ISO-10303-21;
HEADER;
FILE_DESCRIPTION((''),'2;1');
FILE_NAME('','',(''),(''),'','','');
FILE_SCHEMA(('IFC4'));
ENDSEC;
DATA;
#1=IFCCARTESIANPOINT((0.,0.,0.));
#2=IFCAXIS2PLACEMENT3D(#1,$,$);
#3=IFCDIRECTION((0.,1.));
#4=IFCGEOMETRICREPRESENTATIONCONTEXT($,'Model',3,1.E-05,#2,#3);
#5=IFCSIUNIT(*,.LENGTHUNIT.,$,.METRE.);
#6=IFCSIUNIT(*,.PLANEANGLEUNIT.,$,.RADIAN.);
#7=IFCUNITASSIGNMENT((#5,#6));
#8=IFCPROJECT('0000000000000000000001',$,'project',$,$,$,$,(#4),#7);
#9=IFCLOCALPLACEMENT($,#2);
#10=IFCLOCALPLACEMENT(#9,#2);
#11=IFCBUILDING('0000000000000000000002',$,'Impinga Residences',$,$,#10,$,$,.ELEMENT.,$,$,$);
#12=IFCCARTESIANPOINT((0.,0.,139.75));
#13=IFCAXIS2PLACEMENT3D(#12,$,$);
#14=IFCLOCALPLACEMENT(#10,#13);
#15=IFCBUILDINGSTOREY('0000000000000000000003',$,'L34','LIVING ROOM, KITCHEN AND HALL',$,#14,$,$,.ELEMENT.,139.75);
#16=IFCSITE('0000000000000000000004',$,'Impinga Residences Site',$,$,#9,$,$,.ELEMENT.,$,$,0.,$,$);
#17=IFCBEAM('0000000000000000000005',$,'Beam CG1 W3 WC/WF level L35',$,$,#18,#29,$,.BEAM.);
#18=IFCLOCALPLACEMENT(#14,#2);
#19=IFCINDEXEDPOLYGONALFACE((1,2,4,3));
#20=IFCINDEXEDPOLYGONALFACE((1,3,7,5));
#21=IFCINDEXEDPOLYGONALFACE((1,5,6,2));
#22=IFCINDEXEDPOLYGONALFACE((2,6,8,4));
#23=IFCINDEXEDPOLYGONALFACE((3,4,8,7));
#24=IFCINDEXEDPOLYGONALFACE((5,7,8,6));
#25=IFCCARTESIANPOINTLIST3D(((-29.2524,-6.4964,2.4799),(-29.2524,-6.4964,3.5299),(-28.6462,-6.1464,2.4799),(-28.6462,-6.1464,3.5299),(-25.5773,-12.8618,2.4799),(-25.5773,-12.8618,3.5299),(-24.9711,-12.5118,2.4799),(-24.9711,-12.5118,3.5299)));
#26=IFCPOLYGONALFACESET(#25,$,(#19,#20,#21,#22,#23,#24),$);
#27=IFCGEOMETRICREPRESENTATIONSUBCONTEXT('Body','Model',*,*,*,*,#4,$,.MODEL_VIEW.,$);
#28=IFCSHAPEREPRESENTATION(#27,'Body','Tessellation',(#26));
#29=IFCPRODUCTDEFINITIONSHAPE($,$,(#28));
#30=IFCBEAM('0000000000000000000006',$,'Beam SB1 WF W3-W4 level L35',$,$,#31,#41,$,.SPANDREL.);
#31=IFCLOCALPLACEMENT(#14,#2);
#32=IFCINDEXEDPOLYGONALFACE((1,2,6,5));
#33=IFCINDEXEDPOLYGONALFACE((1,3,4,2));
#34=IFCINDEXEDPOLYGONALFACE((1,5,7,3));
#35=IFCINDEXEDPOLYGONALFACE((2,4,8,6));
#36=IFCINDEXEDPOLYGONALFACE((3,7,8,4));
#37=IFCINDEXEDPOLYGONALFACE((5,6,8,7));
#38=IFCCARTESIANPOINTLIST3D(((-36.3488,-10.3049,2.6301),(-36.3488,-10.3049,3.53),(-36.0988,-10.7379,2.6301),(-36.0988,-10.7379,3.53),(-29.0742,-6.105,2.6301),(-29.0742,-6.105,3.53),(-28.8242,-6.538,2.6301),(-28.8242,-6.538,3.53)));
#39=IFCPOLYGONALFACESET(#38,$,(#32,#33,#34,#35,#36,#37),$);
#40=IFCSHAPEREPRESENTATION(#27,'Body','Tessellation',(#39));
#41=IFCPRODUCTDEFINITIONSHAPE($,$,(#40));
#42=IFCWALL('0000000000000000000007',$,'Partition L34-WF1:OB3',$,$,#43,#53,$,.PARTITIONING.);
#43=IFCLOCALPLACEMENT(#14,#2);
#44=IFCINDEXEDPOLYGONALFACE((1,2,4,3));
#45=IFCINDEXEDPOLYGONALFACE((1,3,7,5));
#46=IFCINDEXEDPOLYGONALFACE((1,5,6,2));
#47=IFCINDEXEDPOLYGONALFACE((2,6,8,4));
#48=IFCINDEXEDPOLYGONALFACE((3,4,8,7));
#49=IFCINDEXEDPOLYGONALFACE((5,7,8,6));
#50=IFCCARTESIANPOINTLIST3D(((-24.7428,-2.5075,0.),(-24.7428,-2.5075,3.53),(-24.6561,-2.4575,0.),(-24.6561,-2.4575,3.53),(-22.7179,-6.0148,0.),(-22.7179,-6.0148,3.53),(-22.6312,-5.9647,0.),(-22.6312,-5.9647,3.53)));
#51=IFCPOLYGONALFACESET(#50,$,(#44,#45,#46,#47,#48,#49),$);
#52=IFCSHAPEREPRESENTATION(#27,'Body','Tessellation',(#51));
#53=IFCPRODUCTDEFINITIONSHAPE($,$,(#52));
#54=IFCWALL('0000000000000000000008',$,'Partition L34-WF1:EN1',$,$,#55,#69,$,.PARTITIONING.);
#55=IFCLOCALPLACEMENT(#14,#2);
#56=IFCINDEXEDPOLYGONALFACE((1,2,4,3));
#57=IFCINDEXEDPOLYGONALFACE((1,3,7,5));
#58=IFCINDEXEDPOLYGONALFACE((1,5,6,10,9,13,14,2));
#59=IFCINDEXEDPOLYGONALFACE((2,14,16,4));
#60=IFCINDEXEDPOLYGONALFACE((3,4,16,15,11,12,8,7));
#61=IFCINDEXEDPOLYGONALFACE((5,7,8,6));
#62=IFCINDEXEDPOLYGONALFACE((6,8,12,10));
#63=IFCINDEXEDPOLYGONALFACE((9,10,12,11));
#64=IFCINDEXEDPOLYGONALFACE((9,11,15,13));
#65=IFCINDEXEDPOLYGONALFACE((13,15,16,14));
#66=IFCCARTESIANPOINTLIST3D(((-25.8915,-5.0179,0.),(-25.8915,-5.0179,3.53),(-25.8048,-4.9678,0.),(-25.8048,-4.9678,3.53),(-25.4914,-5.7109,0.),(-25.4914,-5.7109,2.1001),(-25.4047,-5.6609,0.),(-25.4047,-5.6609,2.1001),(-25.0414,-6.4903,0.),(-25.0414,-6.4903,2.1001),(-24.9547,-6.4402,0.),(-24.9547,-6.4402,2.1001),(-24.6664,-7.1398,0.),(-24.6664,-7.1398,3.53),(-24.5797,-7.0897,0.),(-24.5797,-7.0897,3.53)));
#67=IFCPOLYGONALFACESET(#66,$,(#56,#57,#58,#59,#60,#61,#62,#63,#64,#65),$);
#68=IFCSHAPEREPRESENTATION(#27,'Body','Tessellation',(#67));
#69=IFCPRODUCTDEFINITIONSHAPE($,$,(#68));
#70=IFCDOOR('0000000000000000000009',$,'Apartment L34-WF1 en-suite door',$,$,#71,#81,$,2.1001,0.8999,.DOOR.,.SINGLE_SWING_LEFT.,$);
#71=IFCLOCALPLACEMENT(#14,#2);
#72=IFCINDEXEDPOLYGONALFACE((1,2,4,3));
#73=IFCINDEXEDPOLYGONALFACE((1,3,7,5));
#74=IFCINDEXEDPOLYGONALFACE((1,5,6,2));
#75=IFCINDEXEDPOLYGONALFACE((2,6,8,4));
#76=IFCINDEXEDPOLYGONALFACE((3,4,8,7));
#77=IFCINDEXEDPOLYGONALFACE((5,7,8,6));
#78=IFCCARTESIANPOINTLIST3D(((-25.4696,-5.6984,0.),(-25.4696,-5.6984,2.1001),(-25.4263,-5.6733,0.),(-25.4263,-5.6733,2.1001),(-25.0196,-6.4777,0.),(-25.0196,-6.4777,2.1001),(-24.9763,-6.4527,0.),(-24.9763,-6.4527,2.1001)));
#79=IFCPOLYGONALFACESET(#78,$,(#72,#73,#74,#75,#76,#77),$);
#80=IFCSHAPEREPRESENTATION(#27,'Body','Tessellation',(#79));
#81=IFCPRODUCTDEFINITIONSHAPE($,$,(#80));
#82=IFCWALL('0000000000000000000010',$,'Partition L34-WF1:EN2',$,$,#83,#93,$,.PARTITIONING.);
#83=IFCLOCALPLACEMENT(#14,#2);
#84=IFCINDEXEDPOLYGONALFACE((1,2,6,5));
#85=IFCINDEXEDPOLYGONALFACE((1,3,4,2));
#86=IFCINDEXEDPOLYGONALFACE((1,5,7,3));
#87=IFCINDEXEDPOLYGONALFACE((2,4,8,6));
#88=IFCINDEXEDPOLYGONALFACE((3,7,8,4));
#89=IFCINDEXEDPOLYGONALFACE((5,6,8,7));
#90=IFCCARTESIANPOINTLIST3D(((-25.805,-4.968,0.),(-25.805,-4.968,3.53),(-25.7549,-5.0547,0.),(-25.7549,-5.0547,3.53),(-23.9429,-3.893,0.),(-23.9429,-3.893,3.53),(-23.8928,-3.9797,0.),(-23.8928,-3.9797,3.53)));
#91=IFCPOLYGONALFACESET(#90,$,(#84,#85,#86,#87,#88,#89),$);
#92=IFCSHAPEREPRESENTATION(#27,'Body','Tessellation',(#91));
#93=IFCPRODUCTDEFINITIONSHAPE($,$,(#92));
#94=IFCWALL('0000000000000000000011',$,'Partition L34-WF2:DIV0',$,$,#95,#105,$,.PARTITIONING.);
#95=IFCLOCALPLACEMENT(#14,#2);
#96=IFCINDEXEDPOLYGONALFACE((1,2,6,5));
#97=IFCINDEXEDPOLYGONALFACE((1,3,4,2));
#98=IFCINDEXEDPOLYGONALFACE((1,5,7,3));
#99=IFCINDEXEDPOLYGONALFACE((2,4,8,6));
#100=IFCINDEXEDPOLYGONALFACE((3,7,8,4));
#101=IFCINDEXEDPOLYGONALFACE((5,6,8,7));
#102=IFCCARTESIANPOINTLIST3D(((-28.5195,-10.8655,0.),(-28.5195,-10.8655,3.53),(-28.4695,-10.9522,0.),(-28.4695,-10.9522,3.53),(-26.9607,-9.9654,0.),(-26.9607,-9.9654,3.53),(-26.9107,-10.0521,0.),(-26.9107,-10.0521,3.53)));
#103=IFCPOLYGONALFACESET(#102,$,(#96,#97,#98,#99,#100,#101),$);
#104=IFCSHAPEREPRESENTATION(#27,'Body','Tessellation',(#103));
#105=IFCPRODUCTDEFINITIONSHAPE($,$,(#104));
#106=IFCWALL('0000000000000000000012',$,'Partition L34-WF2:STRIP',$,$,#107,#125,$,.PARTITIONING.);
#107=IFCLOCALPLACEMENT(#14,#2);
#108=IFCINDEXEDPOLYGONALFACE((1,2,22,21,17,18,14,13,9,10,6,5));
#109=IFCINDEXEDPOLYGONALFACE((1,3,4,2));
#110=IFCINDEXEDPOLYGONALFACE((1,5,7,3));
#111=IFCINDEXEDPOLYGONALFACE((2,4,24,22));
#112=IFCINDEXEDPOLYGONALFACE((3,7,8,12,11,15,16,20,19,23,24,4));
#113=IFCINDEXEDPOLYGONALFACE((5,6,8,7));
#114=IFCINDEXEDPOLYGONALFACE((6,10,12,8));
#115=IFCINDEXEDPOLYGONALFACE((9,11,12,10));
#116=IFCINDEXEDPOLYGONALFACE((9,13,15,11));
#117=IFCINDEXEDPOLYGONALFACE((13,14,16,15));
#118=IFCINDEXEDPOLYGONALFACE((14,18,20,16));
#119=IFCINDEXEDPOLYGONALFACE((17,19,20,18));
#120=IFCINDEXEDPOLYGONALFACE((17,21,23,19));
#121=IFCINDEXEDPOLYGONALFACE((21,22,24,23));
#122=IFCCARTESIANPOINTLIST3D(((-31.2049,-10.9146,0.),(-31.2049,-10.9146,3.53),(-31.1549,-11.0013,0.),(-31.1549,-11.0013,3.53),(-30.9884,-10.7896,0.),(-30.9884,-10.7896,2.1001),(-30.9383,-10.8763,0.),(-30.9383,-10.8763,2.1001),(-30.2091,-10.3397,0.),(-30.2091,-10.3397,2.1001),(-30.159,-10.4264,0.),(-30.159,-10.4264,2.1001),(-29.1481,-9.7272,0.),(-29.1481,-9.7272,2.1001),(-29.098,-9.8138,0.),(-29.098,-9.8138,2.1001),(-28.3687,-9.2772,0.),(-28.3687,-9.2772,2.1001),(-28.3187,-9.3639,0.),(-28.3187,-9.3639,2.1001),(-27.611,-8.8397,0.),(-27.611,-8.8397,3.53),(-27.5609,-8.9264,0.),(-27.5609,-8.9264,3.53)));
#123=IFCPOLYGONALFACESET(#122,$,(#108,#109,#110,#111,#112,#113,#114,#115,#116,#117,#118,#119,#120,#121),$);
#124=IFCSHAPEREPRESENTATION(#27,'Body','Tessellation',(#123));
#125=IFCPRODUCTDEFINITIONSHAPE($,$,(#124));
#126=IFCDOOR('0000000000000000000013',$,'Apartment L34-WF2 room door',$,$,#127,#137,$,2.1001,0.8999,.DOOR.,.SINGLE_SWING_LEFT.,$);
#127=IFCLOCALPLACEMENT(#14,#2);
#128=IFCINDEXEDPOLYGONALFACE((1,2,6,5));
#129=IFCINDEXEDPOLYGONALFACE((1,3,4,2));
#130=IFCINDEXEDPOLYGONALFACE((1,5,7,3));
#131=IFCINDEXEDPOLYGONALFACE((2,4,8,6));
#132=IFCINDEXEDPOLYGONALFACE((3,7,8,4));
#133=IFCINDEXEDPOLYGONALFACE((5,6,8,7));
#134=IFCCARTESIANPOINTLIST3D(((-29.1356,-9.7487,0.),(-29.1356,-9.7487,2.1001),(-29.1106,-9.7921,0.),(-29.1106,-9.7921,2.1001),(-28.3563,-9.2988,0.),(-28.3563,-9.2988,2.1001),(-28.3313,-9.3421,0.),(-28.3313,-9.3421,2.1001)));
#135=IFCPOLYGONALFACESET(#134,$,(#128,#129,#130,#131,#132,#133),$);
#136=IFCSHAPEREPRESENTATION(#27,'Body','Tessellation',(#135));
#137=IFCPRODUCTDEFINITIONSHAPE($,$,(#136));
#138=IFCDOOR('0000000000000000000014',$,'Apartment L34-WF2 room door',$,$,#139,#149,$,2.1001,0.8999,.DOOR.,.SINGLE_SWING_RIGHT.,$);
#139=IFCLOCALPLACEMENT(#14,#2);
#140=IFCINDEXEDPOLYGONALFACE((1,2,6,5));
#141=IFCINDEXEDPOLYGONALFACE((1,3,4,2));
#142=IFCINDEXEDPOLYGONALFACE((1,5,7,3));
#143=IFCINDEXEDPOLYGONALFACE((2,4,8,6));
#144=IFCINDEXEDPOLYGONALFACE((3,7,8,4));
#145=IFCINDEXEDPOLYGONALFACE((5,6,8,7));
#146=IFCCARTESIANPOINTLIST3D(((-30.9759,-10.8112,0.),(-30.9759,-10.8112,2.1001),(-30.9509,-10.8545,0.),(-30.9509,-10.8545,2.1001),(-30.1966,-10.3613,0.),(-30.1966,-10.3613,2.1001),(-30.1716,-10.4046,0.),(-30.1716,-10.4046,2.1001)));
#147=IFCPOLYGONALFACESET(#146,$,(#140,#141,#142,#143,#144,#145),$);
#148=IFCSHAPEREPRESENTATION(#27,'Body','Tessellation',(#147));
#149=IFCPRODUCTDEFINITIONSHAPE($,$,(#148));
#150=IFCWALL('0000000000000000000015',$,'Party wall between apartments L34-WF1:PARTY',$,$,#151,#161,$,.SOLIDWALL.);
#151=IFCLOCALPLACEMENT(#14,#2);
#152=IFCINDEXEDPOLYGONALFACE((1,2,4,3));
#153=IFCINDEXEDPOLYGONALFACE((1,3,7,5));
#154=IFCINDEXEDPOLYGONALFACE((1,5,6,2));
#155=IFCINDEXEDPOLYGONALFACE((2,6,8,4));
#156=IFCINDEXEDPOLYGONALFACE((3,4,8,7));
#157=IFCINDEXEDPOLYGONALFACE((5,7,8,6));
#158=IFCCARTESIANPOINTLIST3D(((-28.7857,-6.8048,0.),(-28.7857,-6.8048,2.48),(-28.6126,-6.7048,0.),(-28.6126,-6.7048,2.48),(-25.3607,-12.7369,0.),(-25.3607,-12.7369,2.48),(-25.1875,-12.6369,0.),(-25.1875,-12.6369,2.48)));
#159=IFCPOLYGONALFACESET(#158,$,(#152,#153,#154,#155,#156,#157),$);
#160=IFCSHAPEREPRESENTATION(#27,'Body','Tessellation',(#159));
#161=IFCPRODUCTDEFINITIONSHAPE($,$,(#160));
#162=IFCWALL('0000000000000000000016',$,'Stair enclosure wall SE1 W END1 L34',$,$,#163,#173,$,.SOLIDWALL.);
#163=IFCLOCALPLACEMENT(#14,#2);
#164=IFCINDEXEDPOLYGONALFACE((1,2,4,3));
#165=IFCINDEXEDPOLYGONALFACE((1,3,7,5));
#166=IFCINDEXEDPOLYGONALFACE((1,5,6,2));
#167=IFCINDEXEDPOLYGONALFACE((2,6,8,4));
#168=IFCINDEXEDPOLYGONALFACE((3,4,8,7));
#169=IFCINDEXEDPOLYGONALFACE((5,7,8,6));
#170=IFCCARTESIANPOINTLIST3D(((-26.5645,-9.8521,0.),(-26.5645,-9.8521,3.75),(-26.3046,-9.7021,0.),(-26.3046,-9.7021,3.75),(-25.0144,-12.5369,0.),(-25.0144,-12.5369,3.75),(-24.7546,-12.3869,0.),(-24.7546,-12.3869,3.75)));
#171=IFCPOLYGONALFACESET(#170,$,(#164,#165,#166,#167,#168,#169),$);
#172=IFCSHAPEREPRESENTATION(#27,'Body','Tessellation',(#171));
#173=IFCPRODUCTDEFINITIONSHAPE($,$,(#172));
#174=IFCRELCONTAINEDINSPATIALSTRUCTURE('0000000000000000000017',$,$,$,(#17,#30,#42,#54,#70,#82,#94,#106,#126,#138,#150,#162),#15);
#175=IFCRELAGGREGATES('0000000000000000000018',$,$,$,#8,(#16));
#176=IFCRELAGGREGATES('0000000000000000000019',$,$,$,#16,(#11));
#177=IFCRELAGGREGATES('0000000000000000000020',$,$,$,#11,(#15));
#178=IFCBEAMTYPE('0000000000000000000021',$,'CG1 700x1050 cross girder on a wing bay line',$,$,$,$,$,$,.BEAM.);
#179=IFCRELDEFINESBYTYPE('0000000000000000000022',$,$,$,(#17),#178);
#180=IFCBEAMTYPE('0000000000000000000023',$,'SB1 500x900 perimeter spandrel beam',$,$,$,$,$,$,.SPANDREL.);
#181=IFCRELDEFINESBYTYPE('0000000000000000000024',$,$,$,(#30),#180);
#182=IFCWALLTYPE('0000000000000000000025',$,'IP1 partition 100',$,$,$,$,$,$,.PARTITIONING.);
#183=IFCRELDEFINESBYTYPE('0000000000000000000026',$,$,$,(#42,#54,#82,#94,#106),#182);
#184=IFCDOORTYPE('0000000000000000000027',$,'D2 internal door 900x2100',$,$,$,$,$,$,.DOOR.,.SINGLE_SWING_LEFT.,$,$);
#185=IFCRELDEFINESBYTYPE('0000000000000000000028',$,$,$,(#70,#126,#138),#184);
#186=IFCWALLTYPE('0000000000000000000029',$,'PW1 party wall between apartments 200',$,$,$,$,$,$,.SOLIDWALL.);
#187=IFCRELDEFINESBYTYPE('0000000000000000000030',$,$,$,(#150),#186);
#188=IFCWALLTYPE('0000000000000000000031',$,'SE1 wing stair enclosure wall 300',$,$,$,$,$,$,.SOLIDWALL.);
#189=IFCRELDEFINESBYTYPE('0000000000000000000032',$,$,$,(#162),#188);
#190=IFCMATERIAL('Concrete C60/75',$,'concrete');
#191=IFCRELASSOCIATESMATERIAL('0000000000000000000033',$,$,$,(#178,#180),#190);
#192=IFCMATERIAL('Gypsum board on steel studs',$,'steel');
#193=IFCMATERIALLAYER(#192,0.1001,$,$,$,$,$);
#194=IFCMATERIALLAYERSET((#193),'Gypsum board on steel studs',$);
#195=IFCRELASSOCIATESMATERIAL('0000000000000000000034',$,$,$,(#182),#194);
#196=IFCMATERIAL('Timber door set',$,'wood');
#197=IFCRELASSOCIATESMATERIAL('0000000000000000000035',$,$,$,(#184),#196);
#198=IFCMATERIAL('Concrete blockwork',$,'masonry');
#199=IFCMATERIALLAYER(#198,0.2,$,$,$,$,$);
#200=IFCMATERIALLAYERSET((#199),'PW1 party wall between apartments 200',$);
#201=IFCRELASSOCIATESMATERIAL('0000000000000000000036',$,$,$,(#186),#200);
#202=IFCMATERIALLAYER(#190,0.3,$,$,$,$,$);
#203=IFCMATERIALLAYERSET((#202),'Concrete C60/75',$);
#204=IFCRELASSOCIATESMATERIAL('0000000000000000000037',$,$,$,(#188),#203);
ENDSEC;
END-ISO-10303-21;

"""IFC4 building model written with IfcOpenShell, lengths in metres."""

from ifc_helpers import new_model, si_unit, direction, frame, frame_2d, origin, origin_2d, place, context, subcontext, project, spatial, rectangle, extrude, material, layer, layer_set, material_profile, profile_set, type_object, element, fill, save


model = new_model("IFC4")

# Units and contexts
model_context = context("Model", 3, precision=1e-05, world=origin(), true_north=direction((0.0, 1.0)))
body_context = subcontext(model_context, "Body", "Model", "MODEL_VIEW")
ifc_project = project(units=[si_unit("LENGTHUNIT", "METRE"), si_unit("PLANEANGLEUNIT", "RADIAN")], contexts=[model_context])

# Site, building, storey
site_placement = place(None, origin())
site = spatial("IfcSite", under=ifc_project, at=site_placement, Name="Impinga Residences Site", CompositionType="ELEMENT", RefElevation=0.0)
building_placement = place(site_placement, origin())
building = spatial("IfcBuilding", under=site, at=building_placement, Name="Impinga Residences", CompositionType="ELEMENT")
storey_placement = place(building_placement, frame((0.0, 0.0, 139.75)))
storey = spatial("IfcBuildingStorey", under=building, at=storey_placement, Name="L34", Description="LIVING ROOM, KITCHEN AND HALL", CompositionType="ELEMENT", Elevation=139.75)

# Beams
ifc_material_1 = material(Name="Concrete C60/75", Category="concrete")
ifc_material_profile_1 = material_profile(ifc_material_1, rectangle(XDim=0.7, YDim=1.05, at=origin_2d()), Name="RC 700x1050")
ifc_profile_set_1 = profile_set([ifc_material_profile_1], Name="Concrete C60/75")
beam_type_1 = type_object("IfcBeamType", Name="CG1 700x1050 cross girder on a wing bay line", PredefinedType="BEAM", material=ifc_profile_set_1)
beam_1_placement = place(storey_placement, frame((-25.2742, -12.6868, 3.0049), z_axis=(-0.500008, 0.866021, 0.0), x_axis=(-0.866021, -0.500008, 0.0)))
element("IfcBeam", 1, at=beam_1_placement, inside=storey, type_object=beam_type_1, Name="Beam CG1 W3 WC/WF level L35", PredefinedType="BEAM", context=body_context, shape_type="SweptSolid", body=[
    extrude(rectangle(XDim=0.7, YDim=1.05, at=origin_2d()), origin(), (0.0, 0.0, 1.0), 7.3501),
])
ifc_material_profile_2 = material_profile(ifc_material_1, rectangle(XDim=0.5, YDim=0.8999, at=origin_2d()), Name="RC 500x900")
ifc_profile_set_2 = profile_set([ifc_material_profile_2], Name="Concrete C60/75")
beam_type_2 = type_object("IfcBeamType", Name="SB1 500x900 perimeter spandrel beam", PredefinedType="SPANDREL", material=ifc_profile_set_2)
beam_2_placement = place(storey_placement, frame((-28.9492, -6.3215, 3.0801), z_axis=(-0.866029, -0.499993, 0.0), x_axis=(0.499993, -0.866029, 0.0)))
element("IfcBeam", 2, at=beam_2_placement, inside=storey, type_object=beam_type_2, Name="Beam SB1 WF W3-W4 level L35", PredefinedType="SPANDREL", context=body_context, shape_type="SweptSolid", body=[
    extrude(rectangle(XDim=0.5, YDim=0.8999, at=origin_2d()), origin(), (0.0, 0.0, 1.0), 8.3999),
])

# Wall
ifc_material_2 = material(Name="Gypsum board on steel studs", Category="steel")
ifc_layer_1 = layer(ifc_material_2, 0.1001)
ifc_layer_set_1 = layer_set([ifc_layer_1], Name="Gypsum board on steel studs")
wall_type_1 = type_object("IfcWallType", Name="IP1 partition 100", PredefinedType="PARTITIONING", material=ifc_layer_set_1)
wall_1_placement = place(storey_placement, frame((-22.6746, -5.9897, 0.0), z_axis=(0.0, 0.0, 1.0), x_axis=(-0.49999, 0.866031, 0.0)))
element("IfcWall", 3, at=wall_1_placement, inside=storey, type_object=wall_type_1, Name="Partition L34-WF1:OB3", PredefinedType="PARTITIONING", context=body_context, shape_type="SweptSolid", body=[
    extrude(rectangle(XDim=4.0498, YDim=0.1001, at=frame_2d((2.0249, 0.0))), origin(), (0.0, 0.0, 1.0), 3.53),
])

# Wall, opening, door
wall_2_placement = place(storey_placement, frame((-24.623, -7.1147, 0.0), z_axis=(0.0, 0.0, 1.0), x_axis=(-0.500019, 0.866015, 0.0)))
wall_2 = element("IfcWall", 4, at=wall_2_placement, inside=storey, type_object=wall_type_1, Name="Partition L34-WF1:EN1", PredefinedType="PARTITIONING", context=body_context, shape_type="SweptSolid", body=[
    extrude(rectangle(XDim=2.4502, YDim=0.1001, at=frame_2d((1.2251, 0.0))), origin(), (0.0, 0.0, 1.0), 3.53),
])
opening_1_placement = place(wall_2_placement, frame((0.75, 0.0, 0.0)))
opening_1 = element("IfcOpeningElement", 5, at=opening_1_placement, cuts=wall_2, PredefinedType="OPENING", context=body_context, shape_type="SweptSolid", body=[
    extrude(rectangle(XDim=0.8999, YDim=2.1001, at=frame_2d((0.45, 1.05))), frame((0.0, 0.0601, 0.0), z_axis=(0.0, -1.0, 0.0), x_axis=(1.0, 0.0, 0.0)), (0.0, 0.0, 1.0), 0.1201),
])
ifc_material_3 = material(Name="Timber door set", Category="wood")
door_type = type_object("IfcDoorType", Name="D2 internal door 900x2100", OperationType="SINGLE_SWING_LEFT", PredefinedType="DOOR", material=ifc_material_3)
door_1_placement = place(opening_1_placement, origin())
door_1 = element("IfcDoor", 6, at=door_1_placement, inside=storey, type_object=door_type, Name="Apartment L34-WF1 en-suite door", OperationType="SINGLE_SWING_LEFT", OverallHeight=2.1001, OverallWidth=0.8999, PredefinedType="DOOR", context=body_context, shape_type="SweptSolid", body=[
    extrude(rectangle(XDim=0.8999, YDim=2.1001, at=frame_2d((0.45, 1.05))), frame((0.0, 0.0249, 0.0), z_axis=(0.0, -1.0, 0.0), x_axis=(1.0, 0.0, 0.0)), (0.0, 0.0, 1.0), 0.05),
])
fill(opening_1, door_1)

# Walls
wall_3_placement = place(storey_placement, frame((-23.9177, -3.9363, 0.0), z_axis=(0.0, 0.0, 1.0), x_axis=(-0.866048, -0.499962, 0.0)))
element("IfcWall", 7, at=wall_3_placement, inside=storey, type_object=wall_type_1, Name="Partition L34-WF1:EN2", PredefinedType="PARTITIONING", context=body_context, shape_type="SweptSolid", body=[
    extrude(rectangle(XDim=2.1501, YDim=0.1001, at=frame_2d((1.0752, 0.0))), origin(), (0.0, 0.0, 1.0), 3.53),
])
wall_4_placement = place(storey_placement, frame((-26.9358, -10.0088, 0.0), z_axis=(0.0, 0.0, 1.0), x_axis=(-0.865989, -0.500063, 0.0)))
element("IfcWall", 8, at=wall_4_placement, inside=storey, type_object=wall_type_1, Name="Partition L34-WF2:DIV0", PredefinedType="PARTITIONING", context=body_context, shape_type="SweptSolid", body=[
    extrude(rectangle(XDim=1.8, YDim=0.1001, at=frame_2d((0.8999, 0.0))), origin(), (0.0, 0.0, 1.0), 3.53),
])

# Wall, openings, doors
wall_5_placement = place(storey_placement, frame((-27.5859, -8.8831, 0.0), z_axis=(0.0, 0.0, 1.0), x_axis=(-0.86603, -0.499992, 0.0)))
wall_5 = element("IfcWall", 9, at=wall_5_placement, inside=storey, type_object=wall_type_1, Name="Partition L34-WF2:STRIP", PredefinedType="PARTITIONING", context=body_context, shape_type="SweptSolid", body=[
    extrude(rectangle(XDim=4.1499, YDim=0.1001, at=frame_2d((2.075, 0.0))), origin(), (0.0, 0.0, 1.0), 3.53),
])
opening_2_placement = place(wall_5_placement, frame((0.875, 0.0, 0.0)))
opening_2 = element("IfcOpeningElement", 10, at=opening_2_placement, cuts=wall_5, PredefinedType="OPENING", context=body_context, shape_type="SweptSolid", body=[
    extrude(rectangle(XDim=0.8999, YDim=2.1001, at=frame_2d((0.45, 1.05))), frame((0.0, 0.0601, 0.0), z_axis=(0.0, -1.0, 0.0), x_axis=(1.0, 0.0, 0.0)), (0.0, 0.0, 1.0), 0.1201),
])
opening_3_placement = place(wall_5_placement, frame((3.0, 0.0, 0.0)))
opening_3 = element("IfcOpeningElement", 11, at=opening_3_placement, cuts=wall_5, PredefinedType="OPENING", context=body_context, shape_type="SweptSolid", body=[
    extrude(rectangle(XDim=0.8999, YDim=2.1001, at=frame_2d((0.45, 1.05))), frame((0.0, 0.0601, 0.0), z_axis=(0.0, -1.0, 0.0), x_axis=(1.0, 0.0, 0.0)), (0.0, 0.0, 1.0), 0.1201),
])
door_2_placement = place(opening_2_placement, origin())
door_2 = element("IfcDoor", 12, at=door_2_placement, inside=storey, type_object=door_type, Name="Apartment L34-WF2 room door", OperationType="SINGLE_SWING_LEFT", OverallHeight=2.1001, OverallWidth=0.8999, PredefinedType="DOOR", context=body_context, shape_type="SweptSolid", body=[
    extrude(rectangle(XDim=0.8999, YDim=2.1001, at=frame_2d((0.45, 1.05))), frame((0.0, 0.0249, 0.0), z_axis=(0.0, -1.0, 0.0), x_axis=(1.0, 0.0, 0.0)), (0.0, 0.0, 1.0), 0.05),
])
fill(opening_2, door_2)
door_3_placement = place(opening_3_placement, origin())
door_3 = element("IfcDoor", 13, at=door_3_placement, inside=storey, type_object=door_type, Name="Apartment L34-WF2 room door", OperationType="SINGLE_SWING_RIGHT", OverallHeight=2.1001, OverallWidth=0.8999, PredefinedType="DOOR", context=body_context, shape_type="SweptSolid", body=[
    extrude(rectangle(XDim=0.8999, YDim=2.1001, at=frame_2d((0.45, 1.05))), frame((0.0, 0.0249, 0.0), z_axis=(0.0, -1.0, 0.0), x_axis=(1.0, 0.0, 0.0)), (0.0, 0.0, 1.0), 0.05),
])
fill(opening_3, door_3)

# Walls
ifc_material_4 = material(Name="Concrete blockwork", Category="masonry")
ifc_layer_2 = layer(ifc_material_4, 0.2)
ifc_layer_set_2 = layer_set([ifc_layer_2], Name="PW1 party wall between apartments 200")
wall_type_2 = type_object("IfcWallType", Name="PW1 party wall between apartments 200", PredefinedType="SOLIDWALL", material=ifc_layer_set_2)
wall_6_placement = place(storey_placement, frame((-25.2742, -12.6868, 0.0), z_axis=(0.0, 0.0, 1.0), x_axis=(-0.500015, 0.866017, 0.0)))
element("IfcWall", 14, at=wall_6_placement, inside=storey, type_object=wall_type_2, Name="Party wall between apartments L34-WF1:PARTY", PredefinedType="SOLIDWALL", context=body_context, shape_type="SweptSolid", body=[
    extrude(rectangle(XDim=6.8499, YDim=0.2, at=frame_2d((3.4248, 0.0))), origin(), (0.0, 0.0, 1.0), 2.48),
])
ifc_layer_3 = layer(ifc_material_1, 0.3)
ifc_layer_set_3 = layer_set([ifc_layer_3], Name="Concrete C60/75")
wall_type_3 = type_object("IfcWallType", Name="SE1 wing stair enclosure wall 300", PredefinedType="SOLIDWALL", material=ifc_layer_set_3)
wall_7_placement = place(storey_placement, frame((-24.8845, -12.4619, 0.0), z_axis=(0.0, 0.0, 1.0), x_axis=(-0.499993, 0.86603, 0.0)))
element("IfcWall", 15, at=wall_7_placement, inside=storey, type_object=wall_type_3, Name="Stair enclosure wall SE1 W END1 L34", PredefinedType="SOLIDWALL", context=body_context, shape_type="SweptSolid", body=[
    extrude(rectangle(XDim=3.1001, YDim=0.3, at=frame_2d((1.55, 0.0))), origin(), (0.0, 0.0, 1.0), 3.75),
])

save(model, "model.ifc")
